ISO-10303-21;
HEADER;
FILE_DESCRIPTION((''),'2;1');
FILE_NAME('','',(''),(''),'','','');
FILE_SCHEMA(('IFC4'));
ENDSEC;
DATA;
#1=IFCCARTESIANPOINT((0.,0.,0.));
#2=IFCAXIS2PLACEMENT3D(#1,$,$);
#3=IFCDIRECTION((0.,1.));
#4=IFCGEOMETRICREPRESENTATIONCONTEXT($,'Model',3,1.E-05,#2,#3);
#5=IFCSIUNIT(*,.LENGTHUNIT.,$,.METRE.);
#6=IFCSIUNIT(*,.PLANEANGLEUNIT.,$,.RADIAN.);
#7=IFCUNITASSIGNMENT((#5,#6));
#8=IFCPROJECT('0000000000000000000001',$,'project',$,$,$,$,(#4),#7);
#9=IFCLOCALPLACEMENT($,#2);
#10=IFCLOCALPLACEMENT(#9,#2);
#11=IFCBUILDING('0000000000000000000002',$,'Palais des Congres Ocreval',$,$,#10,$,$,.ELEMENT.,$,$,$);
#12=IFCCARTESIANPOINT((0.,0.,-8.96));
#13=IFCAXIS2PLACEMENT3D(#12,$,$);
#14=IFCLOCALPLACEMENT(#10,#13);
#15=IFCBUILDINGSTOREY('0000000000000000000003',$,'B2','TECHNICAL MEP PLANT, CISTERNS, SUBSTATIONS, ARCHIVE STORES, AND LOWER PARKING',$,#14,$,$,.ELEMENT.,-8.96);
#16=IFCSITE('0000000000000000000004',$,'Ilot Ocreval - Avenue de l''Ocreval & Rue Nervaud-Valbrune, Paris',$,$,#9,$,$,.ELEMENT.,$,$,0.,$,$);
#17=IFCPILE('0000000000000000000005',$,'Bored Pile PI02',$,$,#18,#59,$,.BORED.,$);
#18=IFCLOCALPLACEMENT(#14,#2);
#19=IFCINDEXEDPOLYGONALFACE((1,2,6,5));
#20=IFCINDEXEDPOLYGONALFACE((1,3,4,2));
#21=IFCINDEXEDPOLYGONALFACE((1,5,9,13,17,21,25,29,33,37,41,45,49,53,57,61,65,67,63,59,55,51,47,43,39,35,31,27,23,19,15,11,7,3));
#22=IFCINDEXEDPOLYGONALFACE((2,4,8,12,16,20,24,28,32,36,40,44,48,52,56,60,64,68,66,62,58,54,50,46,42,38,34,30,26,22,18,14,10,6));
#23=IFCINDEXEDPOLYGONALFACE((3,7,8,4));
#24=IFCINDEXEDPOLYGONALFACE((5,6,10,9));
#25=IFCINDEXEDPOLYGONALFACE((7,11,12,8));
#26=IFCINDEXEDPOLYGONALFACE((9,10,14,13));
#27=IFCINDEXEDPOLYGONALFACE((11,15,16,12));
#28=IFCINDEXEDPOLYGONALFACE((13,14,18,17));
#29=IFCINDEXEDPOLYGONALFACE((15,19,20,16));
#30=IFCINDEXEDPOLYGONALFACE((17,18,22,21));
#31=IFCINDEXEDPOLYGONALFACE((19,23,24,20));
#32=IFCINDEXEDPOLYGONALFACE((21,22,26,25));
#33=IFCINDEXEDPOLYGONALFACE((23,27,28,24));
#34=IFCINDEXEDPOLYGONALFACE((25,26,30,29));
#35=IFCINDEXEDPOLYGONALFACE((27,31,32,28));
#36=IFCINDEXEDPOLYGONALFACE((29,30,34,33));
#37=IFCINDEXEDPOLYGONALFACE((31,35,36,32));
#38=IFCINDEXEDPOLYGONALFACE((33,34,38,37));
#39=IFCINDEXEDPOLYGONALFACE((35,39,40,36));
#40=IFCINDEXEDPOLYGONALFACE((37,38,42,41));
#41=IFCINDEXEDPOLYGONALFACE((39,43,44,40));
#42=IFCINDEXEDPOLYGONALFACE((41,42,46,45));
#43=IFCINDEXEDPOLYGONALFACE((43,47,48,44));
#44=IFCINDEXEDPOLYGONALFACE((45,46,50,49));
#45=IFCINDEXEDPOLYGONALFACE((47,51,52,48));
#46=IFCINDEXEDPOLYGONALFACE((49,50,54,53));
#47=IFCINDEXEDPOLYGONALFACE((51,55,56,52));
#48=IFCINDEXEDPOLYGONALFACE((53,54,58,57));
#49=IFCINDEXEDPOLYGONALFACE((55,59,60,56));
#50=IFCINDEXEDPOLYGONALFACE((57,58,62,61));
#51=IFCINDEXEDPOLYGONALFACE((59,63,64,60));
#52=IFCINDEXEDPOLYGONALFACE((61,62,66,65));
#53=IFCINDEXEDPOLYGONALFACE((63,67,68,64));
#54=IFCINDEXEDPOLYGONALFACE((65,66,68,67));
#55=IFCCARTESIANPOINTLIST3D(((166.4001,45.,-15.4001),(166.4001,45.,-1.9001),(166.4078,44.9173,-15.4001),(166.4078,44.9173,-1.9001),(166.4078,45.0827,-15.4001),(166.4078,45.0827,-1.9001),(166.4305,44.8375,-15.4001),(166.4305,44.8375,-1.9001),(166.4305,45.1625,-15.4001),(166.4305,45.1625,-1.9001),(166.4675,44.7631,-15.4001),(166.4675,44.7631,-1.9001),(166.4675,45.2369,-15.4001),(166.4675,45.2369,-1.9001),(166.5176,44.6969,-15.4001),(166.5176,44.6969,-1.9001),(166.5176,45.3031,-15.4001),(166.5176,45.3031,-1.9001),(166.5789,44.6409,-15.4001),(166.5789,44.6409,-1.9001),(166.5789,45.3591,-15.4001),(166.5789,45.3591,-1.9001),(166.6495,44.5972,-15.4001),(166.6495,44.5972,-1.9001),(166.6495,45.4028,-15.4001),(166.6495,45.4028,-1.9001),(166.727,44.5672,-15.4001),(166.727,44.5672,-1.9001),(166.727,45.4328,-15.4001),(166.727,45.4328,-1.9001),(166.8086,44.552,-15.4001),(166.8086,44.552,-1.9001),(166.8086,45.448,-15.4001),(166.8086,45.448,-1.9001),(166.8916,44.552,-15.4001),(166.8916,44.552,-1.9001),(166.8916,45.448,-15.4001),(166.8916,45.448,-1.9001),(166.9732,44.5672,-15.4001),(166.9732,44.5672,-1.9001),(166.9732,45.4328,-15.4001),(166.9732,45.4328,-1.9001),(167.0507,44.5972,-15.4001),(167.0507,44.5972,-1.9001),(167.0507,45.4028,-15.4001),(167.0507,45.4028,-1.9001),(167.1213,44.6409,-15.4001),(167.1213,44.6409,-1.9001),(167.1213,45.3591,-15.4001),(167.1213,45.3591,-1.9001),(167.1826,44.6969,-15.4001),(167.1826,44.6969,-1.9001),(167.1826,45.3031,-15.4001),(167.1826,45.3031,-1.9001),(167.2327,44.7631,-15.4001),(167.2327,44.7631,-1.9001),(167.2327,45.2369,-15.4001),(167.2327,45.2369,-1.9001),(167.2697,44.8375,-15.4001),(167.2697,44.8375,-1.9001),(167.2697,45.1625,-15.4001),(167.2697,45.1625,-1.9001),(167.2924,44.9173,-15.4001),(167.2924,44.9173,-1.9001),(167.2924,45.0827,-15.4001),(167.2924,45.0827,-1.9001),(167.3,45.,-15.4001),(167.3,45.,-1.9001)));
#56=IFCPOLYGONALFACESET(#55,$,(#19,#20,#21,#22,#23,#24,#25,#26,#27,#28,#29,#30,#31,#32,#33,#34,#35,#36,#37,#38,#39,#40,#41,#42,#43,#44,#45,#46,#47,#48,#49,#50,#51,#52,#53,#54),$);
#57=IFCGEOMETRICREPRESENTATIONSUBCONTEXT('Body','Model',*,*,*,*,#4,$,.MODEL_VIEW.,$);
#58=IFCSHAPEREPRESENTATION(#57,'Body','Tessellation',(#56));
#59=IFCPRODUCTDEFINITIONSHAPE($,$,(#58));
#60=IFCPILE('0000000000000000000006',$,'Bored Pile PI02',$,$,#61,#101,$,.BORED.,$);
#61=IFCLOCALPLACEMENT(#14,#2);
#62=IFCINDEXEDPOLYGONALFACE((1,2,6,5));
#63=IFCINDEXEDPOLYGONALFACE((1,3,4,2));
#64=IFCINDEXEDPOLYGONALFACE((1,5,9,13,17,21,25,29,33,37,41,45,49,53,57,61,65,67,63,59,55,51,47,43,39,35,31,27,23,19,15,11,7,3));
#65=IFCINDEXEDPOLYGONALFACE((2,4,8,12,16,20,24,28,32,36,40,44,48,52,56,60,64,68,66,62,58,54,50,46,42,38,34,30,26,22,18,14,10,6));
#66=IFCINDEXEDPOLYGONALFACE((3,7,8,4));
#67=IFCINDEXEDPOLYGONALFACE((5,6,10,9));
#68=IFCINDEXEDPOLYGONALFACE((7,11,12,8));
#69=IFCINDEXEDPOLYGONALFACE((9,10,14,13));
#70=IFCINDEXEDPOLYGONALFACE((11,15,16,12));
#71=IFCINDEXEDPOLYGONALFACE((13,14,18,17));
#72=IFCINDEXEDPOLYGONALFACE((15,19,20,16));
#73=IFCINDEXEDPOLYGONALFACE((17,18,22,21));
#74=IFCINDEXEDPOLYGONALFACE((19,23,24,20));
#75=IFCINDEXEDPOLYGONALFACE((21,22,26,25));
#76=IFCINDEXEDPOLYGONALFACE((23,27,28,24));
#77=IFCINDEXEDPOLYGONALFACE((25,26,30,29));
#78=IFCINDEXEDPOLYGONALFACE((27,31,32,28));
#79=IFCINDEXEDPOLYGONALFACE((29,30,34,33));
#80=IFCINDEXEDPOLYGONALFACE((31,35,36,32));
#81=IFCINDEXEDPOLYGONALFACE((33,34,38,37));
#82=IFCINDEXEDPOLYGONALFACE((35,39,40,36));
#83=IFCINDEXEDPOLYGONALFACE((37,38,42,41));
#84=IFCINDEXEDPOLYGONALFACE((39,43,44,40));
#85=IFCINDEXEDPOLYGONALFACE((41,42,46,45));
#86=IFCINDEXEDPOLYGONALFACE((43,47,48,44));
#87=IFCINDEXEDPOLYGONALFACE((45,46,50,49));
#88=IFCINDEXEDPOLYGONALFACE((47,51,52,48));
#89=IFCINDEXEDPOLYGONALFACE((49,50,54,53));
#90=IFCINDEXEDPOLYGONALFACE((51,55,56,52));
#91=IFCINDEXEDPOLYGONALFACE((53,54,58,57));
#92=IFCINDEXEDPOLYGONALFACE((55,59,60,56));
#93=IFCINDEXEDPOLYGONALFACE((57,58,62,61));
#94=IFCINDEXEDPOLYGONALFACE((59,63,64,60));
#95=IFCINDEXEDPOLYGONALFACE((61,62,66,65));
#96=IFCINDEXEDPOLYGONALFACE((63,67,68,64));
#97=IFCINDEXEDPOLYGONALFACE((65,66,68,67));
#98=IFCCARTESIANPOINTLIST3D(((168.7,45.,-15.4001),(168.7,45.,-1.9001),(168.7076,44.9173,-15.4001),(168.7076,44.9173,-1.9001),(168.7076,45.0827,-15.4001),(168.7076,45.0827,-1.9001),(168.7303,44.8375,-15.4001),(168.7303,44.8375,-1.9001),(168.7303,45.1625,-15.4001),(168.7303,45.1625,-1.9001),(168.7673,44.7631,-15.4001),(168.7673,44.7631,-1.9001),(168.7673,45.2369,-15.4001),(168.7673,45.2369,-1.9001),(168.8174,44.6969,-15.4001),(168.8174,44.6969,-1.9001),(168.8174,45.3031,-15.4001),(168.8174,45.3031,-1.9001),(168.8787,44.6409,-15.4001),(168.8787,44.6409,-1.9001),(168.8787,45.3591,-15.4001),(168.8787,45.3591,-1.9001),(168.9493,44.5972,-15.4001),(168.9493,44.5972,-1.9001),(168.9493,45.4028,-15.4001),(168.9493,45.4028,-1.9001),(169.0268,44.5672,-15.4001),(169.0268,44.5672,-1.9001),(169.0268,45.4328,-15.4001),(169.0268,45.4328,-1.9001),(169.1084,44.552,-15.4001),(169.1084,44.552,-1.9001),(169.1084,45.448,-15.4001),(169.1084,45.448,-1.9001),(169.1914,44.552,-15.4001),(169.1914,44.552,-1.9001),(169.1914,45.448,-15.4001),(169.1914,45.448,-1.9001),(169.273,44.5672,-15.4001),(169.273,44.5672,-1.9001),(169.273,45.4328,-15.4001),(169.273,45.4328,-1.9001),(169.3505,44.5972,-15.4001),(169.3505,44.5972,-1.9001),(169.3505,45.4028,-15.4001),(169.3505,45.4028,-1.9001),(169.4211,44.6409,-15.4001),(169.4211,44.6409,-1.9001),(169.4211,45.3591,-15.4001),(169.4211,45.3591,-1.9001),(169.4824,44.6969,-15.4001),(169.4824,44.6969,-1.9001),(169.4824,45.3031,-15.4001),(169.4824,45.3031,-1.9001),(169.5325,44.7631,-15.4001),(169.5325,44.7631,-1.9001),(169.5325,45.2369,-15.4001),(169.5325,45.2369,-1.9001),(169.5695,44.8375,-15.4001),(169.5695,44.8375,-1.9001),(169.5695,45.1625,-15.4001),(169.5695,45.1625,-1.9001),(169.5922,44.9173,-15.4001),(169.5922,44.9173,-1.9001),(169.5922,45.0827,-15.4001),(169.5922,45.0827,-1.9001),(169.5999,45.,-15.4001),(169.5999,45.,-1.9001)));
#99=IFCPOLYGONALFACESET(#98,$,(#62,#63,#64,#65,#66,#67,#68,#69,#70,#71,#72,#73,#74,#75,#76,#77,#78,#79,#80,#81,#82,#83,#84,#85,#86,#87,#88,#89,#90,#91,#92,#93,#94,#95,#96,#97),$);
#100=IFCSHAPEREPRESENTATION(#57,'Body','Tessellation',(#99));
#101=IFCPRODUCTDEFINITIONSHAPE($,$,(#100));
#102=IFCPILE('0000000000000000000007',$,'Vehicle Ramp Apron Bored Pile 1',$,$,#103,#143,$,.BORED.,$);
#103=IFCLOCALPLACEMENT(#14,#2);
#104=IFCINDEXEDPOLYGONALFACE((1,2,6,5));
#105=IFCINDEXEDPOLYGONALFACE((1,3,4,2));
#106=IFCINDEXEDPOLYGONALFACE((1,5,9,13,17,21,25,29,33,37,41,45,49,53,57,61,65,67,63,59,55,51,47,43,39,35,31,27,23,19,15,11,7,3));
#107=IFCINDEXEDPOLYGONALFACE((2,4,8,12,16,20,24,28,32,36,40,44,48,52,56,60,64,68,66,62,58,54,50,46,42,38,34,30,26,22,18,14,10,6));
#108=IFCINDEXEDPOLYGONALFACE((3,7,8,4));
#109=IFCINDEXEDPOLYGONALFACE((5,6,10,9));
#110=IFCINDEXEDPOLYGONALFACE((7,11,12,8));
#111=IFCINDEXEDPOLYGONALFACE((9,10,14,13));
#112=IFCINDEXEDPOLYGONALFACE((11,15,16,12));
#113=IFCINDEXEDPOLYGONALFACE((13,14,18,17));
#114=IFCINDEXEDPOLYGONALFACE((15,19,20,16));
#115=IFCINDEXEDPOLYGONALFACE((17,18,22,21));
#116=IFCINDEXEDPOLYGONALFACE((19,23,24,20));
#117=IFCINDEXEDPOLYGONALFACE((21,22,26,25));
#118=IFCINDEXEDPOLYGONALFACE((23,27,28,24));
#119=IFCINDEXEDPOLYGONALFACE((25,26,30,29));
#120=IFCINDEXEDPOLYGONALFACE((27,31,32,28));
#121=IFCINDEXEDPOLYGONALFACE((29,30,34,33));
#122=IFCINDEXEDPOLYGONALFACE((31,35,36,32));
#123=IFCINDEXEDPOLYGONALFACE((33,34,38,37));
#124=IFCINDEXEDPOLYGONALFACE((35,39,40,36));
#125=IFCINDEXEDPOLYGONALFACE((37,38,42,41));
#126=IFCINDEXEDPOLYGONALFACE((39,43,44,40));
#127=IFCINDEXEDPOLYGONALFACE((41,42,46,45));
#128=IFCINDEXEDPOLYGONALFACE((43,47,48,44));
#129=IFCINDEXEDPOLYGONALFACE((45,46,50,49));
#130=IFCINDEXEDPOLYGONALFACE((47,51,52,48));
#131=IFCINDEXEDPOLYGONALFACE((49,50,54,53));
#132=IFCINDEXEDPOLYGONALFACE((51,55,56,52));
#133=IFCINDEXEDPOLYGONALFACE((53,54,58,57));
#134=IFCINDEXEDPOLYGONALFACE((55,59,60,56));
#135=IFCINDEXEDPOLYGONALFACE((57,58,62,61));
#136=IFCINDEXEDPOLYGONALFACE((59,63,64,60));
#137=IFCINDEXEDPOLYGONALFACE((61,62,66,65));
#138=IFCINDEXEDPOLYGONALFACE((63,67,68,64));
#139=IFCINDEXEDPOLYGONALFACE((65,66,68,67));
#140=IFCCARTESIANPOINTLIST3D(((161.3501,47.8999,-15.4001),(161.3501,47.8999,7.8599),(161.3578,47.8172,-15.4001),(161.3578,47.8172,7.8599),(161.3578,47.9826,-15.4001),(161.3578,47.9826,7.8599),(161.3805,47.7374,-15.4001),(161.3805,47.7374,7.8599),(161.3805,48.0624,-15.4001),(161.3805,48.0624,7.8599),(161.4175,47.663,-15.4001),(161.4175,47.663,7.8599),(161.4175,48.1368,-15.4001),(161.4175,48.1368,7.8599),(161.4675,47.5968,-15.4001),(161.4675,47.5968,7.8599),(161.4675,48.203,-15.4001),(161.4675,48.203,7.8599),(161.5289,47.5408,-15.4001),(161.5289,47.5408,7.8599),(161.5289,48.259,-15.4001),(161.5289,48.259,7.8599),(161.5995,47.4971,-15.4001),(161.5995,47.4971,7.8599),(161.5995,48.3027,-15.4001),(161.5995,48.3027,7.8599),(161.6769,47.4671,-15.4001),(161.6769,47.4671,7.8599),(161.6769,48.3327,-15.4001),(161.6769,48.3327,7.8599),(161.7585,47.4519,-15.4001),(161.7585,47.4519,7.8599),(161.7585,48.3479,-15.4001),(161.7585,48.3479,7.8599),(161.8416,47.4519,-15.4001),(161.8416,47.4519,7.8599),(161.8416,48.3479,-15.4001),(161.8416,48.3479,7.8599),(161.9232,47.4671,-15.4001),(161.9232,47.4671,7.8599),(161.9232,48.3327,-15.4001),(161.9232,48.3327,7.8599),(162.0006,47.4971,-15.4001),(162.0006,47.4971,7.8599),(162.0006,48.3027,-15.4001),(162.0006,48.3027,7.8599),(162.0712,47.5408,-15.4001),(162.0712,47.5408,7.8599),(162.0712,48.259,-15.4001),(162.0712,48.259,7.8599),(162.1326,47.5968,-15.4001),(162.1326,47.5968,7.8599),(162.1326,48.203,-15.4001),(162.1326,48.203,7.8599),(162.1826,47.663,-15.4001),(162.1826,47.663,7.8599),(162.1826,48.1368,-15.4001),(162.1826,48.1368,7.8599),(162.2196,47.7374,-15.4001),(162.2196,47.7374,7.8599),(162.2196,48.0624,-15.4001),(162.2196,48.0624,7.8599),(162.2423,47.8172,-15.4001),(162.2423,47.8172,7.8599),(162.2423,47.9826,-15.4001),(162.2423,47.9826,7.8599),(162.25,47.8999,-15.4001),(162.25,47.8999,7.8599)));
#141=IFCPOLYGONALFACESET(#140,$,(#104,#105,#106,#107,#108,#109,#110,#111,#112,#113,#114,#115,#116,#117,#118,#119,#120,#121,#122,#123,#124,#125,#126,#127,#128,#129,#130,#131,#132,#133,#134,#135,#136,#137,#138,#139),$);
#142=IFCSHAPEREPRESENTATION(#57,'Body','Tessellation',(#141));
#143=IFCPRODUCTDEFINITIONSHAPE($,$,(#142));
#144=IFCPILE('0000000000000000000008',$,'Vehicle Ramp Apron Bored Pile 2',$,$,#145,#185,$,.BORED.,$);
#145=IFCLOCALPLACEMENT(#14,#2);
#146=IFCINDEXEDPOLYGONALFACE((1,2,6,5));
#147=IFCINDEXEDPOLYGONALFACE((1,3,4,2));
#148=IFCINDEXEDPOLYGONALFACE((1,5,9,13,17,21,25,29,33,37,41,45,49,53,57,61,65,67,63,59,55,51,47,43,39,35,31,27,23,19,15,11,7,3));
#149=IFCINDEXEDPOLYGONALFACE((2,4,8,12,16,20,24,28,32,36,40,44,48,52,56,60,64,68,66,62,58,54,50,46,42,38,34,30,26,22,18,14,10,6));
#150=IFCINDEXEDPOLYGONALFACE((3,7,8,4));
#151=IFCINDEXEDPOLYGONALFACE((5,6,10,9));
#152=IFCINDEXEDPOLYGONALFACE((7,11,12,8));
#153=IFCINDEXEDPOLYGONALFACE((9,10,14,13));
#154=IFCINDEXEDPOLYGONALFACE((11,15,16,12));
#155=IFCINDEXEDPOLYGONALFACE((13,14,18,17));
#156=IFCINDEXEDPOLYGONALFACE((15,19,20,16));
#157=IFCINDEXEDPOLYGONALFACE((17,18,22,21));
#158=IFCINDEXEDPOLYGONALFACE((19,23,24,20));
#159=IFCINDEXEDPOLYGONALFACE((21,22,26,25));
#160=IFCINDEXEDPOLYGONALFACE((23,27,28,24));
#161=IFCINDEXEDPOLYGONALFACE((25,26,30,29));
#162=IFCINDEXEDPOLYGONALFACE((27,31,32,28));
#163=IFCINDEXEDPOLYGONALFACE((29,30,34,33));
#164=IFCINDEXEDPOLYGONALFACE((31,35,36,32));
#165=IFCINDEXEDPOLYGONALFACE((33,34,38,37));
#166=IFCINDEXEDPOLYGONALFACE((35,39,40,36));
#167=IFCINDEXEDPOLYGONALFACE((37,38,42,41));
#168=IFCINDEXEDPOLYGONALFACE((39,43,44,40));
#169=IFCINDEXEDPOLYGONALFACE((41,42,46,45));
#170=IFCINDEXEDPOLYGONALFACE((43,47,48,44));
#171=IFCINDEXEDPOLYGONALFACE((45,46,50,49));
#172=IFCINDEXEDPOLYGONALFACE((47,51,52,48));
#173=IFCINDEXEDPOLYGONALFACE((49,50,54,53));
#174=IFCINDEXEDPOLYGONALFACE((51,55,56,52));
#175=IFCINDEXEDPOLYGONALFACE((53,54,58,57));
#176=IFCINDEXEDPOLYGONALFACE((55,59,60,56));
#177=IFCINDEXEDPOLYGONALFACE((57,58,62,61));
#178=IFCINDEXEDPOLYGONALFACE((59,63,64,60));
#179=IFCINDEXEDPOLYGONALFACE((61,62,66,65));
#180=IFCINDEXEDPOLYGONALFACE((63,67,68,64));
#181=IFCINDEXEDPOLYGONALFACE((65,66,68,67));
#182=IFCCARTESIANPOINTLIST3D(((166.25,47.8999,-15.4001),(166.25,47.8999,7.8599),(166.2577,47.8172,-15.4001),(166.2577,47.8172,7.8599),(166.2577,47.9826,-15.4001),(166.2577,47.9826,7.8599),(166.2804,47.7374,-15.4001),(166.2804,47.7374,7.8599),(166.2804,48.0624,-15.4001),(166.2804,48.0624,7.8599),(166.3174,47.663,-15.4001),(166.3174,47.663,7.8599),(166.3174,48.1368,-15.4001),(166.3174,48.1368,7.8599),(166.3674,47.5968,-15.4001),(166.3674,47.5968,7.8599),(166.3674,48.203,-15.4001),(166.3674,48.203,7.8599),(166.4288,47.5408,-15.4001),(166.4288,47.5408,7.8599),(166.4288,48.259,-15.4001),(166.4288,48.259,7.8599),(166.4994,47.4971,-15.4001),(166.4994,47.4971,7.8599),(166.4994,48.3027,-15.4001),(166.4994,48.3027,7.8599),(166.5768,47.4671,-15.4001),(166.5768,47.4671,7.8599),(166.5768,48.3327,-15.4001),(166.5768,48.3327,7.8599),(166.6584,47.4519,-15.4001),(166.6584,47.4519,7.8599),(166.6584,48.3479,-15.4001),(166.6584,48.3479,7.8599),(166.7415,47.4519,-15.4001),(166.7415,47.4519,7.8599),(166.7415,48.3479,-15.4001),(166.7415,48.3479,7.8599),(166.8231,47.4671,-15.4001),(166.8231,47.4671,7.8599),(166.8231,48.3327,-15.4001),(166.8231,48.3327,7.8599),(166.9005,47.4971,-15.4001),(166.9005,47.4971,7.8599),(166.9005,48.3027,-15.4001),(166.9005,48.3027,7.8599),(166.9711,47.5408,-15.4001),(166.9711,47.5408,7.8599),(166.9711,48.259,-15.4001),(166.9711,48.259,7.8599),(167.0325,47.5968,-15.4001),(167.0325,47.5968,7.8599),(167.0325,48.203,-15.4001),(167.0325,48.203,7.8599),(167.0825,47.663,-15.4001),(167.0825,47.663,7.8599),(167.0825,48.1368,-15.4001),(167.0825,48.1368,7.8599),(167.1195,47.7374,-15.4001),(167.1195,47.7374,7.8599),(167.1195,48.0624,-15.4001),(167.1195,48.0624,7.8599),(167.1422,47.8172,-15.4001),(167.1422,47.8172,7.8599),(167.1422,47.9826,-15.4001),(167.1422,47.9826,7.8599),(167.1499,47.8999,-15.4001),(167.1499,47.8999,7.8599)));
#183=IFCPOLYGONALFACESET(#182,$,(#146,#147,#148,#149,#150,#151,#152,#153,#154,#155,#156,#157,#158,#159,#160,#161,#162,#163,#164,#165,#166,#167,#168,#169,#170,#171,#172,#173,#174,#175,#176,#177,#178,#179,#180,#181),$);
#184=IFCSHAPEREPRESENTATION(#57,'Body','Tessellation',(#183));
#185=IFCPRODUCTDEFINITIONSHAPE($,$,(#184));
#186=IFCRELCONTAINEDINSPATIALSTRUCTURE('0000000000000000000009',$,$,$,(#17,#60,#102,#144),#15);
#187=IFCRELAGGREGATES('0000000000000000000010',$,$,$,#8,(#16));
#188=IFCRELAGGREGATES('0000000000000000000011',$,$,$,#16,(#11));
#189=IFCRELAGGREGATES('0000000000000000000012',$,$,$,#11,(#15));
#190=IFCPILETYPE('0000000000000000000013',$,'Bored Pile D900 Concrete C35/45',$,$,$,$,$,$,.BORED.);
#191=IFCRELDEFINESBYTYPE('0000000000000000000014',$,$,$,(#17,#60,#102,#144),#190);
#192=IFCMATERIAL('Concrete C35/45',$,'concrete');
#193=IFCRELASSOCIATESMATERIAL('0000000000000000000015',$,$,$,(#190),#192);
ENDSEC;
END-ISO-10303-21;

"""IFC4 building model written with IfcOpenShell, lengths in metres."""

from ifc_helpers import new_model, si_unit, direction, frame, origin, origin_2d, place, context, subcontext, project, spatial, circle, extrude, material, material_profile, profile_set, type_object, element, save


model = new_model("IFC4")

# Units and contexts
model_context = context("Model", 3, precision=1e-05, world=origin(), true_north=direction((0.0, 1.0)))
body_context = subcontext(model_context, "Body", "Model", "MODEL_VIEW")
ifc_project = project(units=[si_unit("LENGTHUNIT", "METRE"), si_unit("PLANEANGLEUNIT", "RADIAN")], contexts=[model_context])

# Site, building, storey
site_placement = place(None, origin())
site = spatial("IfcSite", under=ifc_project, at=site_placement, Name="Ilot Ocreval - Avenue de l'Ocreval & Rue Nervaud-Valbrune, Paris", CompositionType="ELEMENT", RefElevation=0.0)
building_placement = place(site_placement, origin())
building = spatial("IfcBuilding", under=site, at=building_placement, Name="Palais des Congres Ocreval", CompositionType="ELEMENT")
storey_placement = place(building_placement, frame((0.0, 0.0, -8.96)))
storey = spatial("IfcBuildingStorey", under=building, at=storey_placement, Name="B2", Description="TECHNICAL MEP PLANT, CISTERNS, SUBSTATIONS, ARCHIVE STORES, AND LOWER PARKING", CompositionType="ELEMENT", Elevation=-8.96)

# Piles
ifc_material_1 = material(Name="Concrete C35/45", Category="concrete")
ifc_material_profile_1 = material_profile(ifc_material_1, circle(Radius=0.45, at=origin_2d()), Name="BORED PILE 900")
ifc_profile_set_1 = profile_set([ifc_material_profile_1], Name="Concrete C35/45")
pile_type_1 = type_object("IfcPileType", Name="Bored Pile D900 Concrete C35/45", PredefinedType="BORED", material=ifc_profile_set_1)
for number, where, z_axis, x_axis, name in (
    (1, (166.8501, 45.0, -1.9001), (0.0, 0.0, -1.0), (1.0, 0.0, 0.0), "Bored Pile PI02"),
    (2, (169.1499, 45.0, -1.9001), (0.0, 0.0, -1.0), (1.0, 0.0, 0.0), "Bored Pile PI02"),
):
    element("IfcPile", number, at=place(storey_placement, frame(where, z_axis=z_axis, x_axis=x_axis)), inside=storey, type_object=pile_type_1, Name=name, PredefinedType="BORED", context=body_context, shape_type="SweptSolid", body=[
        extrude(circle(Radius=0.45, at=origin_2d()), origin(), (0.0, 0.0, 1.0), 13.5),
    ])
for number, where, z_axis, x_axis, name in (
    (3, (161.8, 47.8999, 7.8599), (0.0, 0.0, -1.0), (1.0, 0.0, 0.0), "Vehicle Ramp Apron Bored Pile 1"),
    (4, (166.7, 47.8999, 7.8599), (0.0, 0.0, -1.0), (1.0, 0.0, 0.0), "Vehicle Ramp Apron Bored Pile 2"),
):
    element("IfcPile", number, at=place(storey_placement, frame(where, z_axis=z_axis, x_axis=x_axis)), inside=storey, type_object=pile_type_1, Name=name, PredefinedType="BORED", context=body_context, shape_type="SweptSolid", body=[
        extrude(circle(Radius=0.45, at=origin_2d()), origin(), (0.0, 0.0, 1.0), 23.26),
    ])

save(model, "model.ifc")
